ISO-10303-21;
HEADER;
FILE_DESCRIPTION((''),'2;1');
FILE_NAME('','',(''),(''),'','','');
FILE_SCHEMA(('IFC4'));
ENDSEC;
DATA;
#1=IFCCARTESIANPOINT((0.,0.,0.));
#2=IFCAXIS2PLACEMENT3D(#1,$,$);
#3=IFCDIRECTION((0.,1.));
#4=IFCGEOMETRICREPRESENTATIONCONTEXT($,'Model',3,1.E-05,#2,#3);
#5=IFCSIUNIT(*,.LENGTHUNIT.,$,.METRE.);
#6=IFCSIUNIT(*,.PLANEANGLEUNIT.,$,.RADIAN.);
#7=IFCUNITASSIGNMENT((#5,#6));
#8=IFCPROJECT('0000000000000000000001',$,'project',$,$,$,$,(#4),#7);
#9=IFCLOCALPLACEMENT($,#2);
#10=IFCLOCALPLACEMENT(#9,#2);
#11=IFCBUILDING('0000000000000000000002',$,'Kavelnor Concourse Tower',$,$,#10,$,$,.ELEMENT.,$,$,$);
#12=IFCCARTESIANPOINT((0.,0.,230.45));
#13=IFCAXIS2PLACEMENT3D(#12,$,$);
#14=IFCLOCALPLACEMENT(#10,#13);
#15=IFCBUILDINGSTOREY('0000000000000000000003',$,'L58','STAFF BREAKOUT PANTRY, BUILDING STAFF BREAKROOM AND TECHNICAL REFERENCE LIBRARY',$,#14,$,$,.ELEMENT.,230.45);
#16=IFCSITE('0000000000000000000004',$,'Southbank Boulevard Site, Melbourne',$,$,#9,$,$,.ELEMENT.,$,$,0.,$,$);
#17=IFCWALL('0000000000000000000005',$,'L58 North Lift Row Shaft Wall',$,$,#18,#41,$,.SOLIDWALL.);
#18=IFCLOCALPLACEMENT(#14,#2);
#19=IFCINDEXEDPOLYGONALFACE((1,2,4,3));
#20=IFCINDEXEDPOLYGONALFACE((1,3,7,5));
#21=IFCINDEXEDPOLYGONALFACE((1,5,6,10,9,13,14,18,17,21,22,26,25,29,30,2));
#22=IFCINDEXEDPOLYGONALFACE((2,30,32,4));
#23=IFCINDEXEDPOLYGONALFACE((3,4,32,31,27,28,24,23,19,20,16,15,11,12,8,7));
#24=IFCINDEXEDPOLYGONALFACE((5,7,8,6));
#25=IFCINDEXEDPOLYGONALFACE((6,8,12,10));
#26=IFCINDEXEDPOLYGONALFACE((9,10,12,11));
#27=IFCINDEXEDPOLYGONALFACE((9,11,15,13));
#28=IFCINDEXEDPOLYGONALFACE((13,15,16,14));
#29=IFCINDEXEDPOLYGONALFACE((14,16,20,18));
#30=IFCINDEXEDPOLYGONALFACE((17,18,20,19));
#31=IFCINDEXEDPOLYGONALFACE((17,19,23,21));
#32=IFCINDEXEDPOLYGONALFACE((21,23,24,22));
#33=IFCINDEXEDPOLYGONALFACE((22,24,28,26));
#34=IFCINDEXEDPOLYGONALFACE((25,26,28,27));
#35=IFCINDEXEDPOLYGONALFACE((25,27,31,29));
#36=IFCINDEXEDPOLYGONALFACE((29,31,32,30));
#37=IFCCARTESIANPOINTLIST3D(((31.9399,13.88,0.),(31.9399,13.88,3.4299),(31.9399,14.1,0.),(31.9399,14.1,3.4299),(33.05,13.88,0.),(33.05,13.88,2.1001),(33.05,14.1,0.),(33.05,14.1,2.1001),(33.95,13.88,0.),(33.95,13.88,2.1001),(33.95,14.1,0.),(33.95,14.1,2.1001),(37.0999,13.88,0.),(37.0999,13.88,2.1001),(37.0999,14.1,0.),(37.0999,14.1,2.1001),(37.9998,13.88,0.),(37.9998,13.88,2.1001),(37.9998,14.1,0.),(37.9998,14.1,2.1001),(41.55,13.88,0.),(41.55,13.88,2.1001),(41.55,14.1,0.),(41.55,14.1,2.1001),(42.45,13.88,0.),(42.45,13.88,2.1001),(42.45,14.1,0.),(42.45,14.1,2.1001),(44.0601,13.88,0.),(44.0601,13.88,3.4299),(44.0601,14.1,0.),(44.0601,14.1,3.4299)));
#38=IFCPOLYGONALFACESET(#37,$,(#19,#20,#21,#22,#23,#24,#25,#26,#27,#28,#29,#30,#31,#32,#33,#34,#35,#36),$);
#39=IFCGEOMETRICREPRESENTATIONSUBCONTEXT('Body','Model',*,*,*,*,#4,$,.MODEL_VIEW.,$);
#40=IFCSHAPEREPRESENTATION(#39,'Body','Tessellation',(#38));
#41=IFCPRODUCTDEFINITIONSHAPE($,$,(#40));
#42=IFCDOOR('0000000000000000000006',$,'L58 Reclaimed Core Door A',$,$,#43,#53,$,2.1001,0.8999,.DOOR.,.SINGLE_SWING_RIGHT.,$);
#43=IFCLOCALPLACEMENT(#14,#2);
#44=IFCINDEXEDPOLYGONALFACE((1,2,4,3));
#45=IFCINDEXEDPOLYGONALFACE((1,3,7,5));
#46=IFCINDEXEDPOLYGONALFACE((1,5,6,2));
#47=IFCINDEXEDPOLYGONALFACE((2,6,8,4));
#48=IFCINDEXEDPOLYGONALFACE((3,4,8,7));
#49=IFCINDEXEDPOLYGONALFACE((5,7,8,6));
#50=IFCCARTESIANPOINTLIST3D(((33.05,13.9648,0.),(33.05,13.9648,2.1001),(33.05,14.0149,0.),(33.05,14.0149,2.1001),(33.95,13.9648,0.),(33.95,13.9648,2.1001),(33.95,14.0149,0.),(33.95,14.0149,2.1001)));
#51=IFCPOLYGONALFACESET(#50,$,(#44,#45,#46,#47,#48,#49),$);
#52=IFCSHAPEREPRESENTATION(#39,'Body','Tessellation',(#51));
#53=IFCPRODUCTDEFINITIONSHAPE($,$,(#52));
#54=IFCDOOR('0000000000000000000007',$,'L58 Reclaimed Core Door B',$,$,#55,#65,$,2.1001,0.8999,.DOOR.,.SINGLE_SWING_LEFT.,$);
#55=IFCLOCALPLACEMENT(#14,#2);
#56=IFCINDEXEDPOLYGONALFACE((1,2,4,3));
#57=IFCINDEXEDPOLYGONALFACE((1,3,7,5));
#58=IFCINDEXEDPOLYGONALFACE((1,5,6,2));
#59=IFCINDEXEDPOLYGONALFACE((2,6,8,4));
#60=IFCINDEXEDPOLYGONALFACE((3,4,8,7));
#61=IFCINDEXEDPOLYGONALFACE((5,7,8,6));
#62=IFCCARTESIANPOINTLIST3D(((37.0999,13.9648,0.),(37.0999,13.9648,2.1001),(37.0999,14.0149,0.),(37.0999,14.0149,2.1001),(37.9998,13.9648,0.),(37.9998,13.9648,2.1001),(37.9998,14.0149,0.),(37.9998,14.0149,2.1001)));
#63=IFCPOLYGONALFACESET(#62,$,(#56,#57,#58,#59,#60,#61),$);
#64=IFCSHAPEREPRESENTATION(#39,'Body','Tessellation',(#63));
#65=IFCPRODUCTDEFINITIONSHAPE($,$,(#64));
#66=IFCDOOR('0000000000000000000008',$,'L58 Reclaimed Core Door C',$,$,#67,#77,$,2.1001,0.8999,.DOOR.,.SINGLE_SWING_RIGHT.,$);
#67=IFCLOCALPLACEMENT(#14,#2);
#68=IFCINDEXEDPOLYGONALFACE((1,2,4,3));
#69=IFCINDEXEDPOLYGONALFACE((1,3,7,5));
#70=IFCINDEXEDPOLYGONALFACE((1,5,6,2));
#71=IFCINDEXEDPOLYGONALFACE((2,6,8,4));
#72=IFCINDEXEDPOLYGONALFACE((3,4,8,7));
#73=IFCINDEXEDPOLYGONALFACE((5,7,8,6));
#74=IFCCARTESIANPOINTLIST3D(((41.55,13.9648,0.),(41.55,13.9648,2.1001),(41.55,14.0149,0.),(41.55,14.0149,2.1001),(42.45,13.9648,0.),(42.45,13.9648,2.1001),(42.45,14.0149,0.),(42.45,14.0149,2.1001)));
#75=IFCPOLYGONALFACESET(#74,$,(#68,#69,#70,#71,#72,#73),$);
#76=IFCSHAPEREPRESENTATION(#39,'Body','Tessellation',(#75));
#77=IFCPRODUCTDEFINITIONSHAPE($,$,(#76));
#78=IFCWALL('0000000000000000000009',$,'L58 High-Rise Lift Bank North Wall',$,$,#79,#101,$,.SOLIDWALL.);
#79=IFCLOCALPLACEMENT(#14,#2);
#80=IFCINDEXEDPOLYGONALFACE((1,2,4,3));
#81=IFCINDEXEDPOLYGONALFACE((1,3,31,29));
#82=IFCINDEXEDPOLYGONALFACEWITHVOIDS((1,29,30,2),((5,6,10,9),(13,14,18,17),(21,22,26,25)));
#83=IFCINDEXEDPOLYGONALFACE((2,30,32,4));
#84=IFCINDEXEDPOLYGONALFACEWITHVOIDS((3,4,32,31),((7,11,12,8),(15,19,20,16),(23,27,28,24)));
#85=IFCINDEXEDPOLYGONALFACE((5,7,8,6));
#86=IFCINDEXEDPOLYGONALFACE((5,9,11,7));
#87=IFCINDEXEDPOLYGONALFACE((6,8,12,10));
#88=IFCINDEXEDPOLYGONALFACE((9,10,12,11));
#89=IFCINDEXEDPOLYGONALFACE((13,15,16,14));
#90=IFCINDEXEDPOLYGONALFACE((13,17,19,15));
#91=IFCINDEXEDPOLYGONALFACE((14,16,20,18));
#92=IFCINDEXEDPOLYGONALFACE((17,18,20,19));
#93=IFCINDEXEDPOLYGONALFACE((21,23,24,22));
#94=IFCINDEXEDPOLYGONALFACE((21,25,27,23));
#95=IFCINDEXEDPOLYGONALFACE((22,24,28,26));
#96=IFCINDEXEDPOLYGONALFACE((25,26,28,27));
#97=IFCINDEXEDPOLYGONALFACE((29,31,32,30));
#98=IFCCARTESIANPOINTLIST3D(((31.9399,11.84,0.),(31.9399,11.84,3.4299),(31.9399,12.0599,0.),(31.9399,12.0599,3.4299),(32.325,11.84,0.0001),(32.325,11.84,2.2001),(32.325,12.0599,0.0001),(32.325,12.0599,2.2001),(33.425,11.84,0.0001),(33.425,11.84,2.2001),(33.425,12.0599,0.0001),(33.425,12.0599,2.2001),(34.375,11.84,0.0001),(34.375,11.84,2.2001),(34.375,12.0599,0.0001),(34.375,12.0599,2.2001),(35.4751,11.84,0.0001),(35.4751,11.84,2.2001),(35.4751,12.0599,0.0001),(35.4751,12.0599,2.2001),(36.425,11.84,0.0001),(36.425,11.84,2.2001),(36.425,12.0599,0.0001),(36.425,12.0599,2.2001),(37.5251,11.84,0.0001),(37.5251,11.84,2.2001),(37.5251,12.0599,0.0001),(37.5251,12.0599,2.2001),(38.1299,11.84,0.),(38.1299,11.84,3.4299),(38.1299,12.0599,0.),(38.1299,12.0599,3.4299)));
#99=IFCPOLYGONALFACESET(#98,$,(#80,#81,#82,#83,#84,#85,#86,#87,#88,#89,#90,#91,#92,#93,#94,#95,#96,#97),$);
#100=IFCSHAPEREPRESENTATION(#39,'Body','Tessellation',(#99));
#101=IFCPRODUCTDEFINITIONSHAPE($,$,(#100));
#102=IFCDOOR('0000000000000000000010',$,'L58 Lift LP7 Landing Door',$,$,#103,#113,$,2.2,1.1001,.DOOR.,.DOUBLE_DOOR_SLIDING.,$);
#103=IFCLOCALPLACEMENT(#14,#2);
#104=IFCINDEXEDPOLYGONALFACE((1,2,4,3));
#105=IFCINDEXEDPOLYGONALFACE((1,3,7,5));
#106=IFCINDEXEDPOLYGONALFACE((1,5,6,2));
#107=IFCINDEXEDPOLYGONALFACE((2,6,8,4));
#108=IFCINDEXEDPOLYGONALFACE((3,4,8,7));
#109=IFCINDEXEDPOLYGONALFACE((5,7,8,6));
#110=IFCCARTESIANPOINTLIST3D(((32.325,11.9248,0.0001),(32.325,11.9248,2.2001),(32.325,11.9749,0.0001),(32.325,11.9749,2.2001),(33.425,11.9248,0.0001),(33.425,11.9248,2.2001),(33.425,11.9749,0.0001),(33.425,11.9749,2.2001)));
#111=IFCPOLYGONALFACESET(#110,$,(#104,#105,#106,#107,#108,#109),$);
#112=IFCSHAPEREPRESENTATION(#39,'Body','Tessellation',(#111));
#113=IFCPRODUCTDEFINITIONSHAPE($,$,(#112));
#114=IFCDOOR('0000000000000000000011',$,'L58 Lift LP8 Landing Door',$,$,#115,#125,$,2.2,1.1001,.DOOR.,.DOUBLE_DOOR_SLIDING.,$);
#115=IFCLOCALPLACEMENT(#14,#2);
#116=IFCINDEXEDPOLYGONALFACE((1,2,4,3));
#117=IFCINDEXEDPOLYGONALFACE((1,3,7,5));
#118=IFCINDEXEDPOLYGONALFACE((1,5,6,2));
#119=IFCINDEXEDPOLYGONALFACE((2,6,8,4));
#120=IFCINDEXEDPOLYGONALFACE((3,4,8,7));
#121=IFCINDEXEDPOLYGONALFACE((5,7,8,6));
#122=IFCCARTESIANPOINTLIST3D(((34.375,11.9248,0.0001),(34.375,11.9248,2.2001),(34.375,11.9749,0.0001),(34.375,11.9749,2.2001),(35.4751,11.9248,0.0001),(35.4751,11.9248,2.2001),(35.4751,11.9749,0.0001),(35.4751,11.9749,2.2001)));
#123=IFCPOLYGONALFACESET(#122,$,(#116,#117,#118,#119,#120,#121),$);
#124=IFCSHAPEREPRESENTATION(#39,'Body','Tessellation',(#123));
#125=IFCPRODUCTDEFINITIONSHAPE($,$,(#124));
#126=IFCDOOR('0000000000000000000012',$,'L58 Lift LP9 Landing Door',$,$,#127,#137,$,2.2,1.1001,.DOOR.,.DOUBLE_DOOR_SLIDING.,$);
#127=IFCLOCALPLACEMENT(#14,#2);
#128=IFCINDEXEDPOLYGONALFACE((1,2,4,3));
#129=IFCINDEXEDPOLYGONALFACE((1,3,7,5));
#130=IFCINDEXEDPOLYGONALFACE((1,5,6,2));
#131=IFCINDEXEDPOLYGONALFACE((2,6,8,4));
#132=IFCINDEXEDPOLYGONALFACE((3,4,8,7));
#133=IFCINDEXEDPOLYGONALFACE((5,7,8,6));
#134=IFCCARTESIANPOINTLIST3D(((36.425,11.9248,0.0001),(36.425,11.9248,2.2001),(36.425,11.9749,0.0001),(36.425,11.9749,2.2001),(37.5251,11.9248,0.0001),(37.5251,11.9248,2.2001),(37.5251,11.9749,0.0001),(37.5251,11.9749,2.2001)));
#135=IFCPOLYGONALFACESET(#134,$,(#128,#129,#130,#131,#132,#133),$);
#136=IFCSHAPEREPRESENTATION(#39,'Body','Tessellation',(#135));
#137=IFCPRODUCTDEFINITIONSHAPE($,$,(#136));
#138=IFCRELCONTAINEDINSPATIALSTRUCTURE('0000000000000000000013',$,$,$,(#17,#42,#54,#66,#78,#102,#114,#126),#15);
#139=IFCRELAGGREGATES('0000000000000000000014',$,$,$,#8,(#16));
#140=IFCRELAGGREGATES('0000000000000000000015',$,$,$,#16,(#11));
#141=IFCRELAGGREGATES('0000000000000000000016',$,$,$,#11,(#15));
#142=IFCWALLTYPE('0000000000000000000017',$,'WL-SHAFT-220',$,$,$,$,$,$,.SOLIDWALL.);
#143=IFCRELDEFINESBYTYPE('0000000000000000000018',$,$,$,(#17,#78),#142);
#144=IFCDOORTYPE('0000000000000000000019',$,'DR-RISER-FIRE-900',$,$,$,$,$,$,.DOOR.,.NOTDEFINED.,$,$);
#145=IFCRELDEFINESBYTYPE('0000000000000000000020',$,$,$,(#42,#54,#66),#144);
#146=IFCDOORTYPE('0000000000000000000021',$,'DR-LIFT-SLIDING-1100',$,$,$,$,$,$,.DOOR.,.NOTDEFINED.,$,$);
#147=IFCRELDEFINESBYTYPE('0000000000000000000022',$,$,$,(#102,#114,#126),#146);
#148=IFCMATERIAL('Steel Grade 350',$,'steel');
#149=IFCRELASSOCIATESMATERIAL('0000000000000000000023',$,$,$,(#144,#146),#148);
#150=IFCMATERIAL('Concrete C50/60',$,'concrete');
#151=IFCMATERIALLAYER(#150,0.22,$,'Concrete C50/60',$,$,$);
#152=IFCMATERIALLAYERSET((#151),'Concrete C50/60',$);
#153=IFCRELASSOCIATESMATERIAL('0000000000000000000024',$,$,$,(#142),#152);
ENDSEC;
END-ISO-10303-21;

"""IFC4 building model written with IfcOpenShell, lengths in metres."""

from ifc_helpers import new_model, si_unit, direction, frame, frame_2d, origin, place, context, subcontext, project, spatial, rectangle, extrude, material, layer, layer_set, type_object, element, fill, save


model = new_model("IFC4")

# Units and contexts
model_context = context("Model", 3, precision=1e-05, world=origin(), true_north=direction((0.0, 1.0)))
body_context = subcontext(model_context, "Body", "Model", "MODEL_VIEW")
ifc_project = project(units=[si_unit("LENGTHUNIT", "METRE"), si_unit("PLANEANGLEUNIT", "RADIAN")], contexts=[model_context])

# Site, building, storey
site_placement = place(None, origin())
site = spatial("IfcSite", under=ifc_project, at=site_placement, Name="Southbank Boulevard Site, Melbourne", CompositionType="ELEMENT", RefElevation=0.0)
building_placement = place(site_placement, origin())
building = spatial("IfcBuilding", under=site, at=building_placement, Name="Kavelnor Concourse Tower", CompositionType="ELEMENT")
storey_placement = place(building_placement, frame((0.0, 0.0, 230.45)))
storey = spatial("IfcBuildingStorey", under=building, at=storey_placement, Name="L58", Description="STAFF BREAKOUT PANTRY, BUILDING STAFF BREAKROOM AND TECHNICAL REFERENCE LIBRARY", CompositionType="ELEMENT", Elevation=230.45)

# Shared definitions
ifc_material_1 = material(Name="Steel Grade 350", Category="steel")

# Shared definitions
ifc_material_2 = material(Name="Concrete C50/60", Category="concrete")
door_type_1 = type_object("IfcDoorType", Name="DR-RISER-FIRE-900", OperationType="NOTDEFINED", PredefinedType="DOOR", material=ifc_material_1)

# Shared definitions
ifc_layer_1 = layer(ifc_material_2, 0.22, Name="Concrete C50/60")
ifc_layer_set_1 = layer_set([ifc_layer_1], Name="Concrete C50/60")
wall_type_1 = type_object("IfcWallType", Name="WL-SHAFT-220", PredefinedType="SOLIDWALL", material=ifc_layer_set_1)

# Walls, openings, doors
wall_1_placement = place(storey_placement, frame((31.9399, 13.99, 0.0), z_axis=(0.0, 0.0, 1.0), x_axis=(1.0, 0.0, 0.0)))
wall_1 = element("IfcWall", 1, at=wall_1_placement, inside=storey, type_object=wall_type_1, Name="L58 North Lift Row Shaft Wall", PredefinedType="SOLIDWALL", context=body_context, shape_type="SweptSolid", body=[
    extrude(rectangle(XDim=12.1201, YDim=0.22, at=frame_2d((6.0601, 0.0))), origin(), (0.0, 0.0, 1.0), 3.4299),
])
opening_1_placement = place(wall_1_placement, frame((1.1101, 0.0, 0.0)))
opening_1 = element("IfcOpeningElement", 2, at=opening_1_placement, cuts=wall_1, PredefinedType="OPENING", context=body_context, shape_type="SweptSolid", body=[
    extrude(rectangle(XDim=0.8999, YDim=2.1001, at=frame_2d((0.45, 1.05))), frame((0.0, 0.1201, 0.0), z_axis=(0.0, -1.0, 0.0), x_axis=(1.0, 0.0, 0.0)), (0.0, 0.0, 1.0), 0.24),
])
opening_2_placement = place(wall_1_placement, frame((5.1599, 0.0, 0.0)))
opening_2 = element("IfcOpeningElement", 3, at=opening_2_placement, cuts=wall_1, PredefinedType="OPENING", context=body_context, shape_type="SweptSolid", body=[
    extrude(rectangle(XDim=0.8999, YDim=2.1001, at=frame_2d((0.45, 1.05))), frame((0.0, 0.1201, 0.0), z_axis=(0.0, -1.0, 0.0), x_axis=(1.0, 0.0, 0.0)), (0.0, 0.0, 1.0), 0.24),
])
opening_3_placement = place(wall_1_placement, frame((9.6101, 0.0, 0.0)))
opening_3 = element("IfcOpeningElement", 4, at=opening_3_placement, cuts=wall_1, PredefinedType="OPENING", context=body_context, shape_type="SweptSolid", body=[
    extrude(rectangle(XDim=0.8999, YDim=2.1001, at=frame_2d((0.45, 1.05))), frame((0.0, 0.1201, 0.0), z_axis=(0.0, -1.0, 0.0), x_axis=(1.0, 0.0, 0.0)), (0.0, 0.0, 1.0), 0.24),
])
door_1_placement = place(opening_1_placement, origin())
door_1 = element("IfcDoor", 5, at=door_1_placement, inside=storey, type_object=door_type_1, Name="L58 Reclaimed Core Door A", OperationType="SINGLE_SWING_RIGHT", OverallHeight=2.1001, OverallWidth=0.8999, PredefinedType="DOOR", context=body_context, shape_type="SweptSolid", body=[
    extrude(rectangle(XDim=0.8999, YDim=2.1001, at=frame_2d((0.45, 1.05))), frame((0.0, 0.0249, 0.0), z_axis=(0.0, -1.0, 0.0), x_axis=(1.0, 0.0, 0.0)), (0.0, 0.0, 1.0), 0.05),
])
fill(opening_1, door_1)
door_2_placement = place(opening_2_placement, origin())
door_2 = element("IfcDoor", 6, at=door_2_placement, inside=storey, type_object=door_type_1, Name="L58 Reclaimed Core Door B", OperationType="SINGLE_SWING_LEFT", OverallHeight=2.1001, OverallWidth=0.8999, PredefinedType="DOOR", context=body_context, shape_type="SweptSolid", body=[
    extrude(rectangle(XDim=0.8999, YDim=2.1001, at=frame_2d((0.45, 1.05))), frame((0.0, 0.0249, 0.0), z_axis=(0.0, -1.0, 0.0), x_axis=(1.0, 0.0, 0.0)), (0.0, 0.0, 1.0), 0.05),
])
fill(opening_2, door_2)
door_3_placement = place(opening_3_placement, origin())
door_3 = element("IfcDoor", 7, at=door_3_placement, inside=storey, type_object=door_type_1, Name="L58 Reclaimed Core Door C", OperationType="SINGLE_SWING_RIGHT", OverallHeight=2.1001, OverallWidth=0.8999, PredefinedType="DOOR", context=body_context, shape_type="SweptSolid", body=[
    extrude(rectangle(XDim=0.8999, YDim=2.1001, at=frame_2d((0.45, 1.05))), frame((0.0, 0.0249, 0.0), z_axis=(0.0, -1.0, 0.0), x_axis=(1.0, 0.0, 0.0)), (0.0, 0.0, 1.0), 0.05),
])
fill(opening_3, door_3)
wall_2_placement = place(storey_placement, frame((31.9399, 11.95, 0.0), z_axis=(0.0, 0.0, 1.0), x_axis=(1.0, 0.0, 0.0)))
wall_2 = element("IfcWall", 8, at=wall_2_placement, inside=storey, type_object=wall_type_1, Name="L58 High-Rise Lift Bank North Wall", PredefinedType="SOLIDWALL", context=body_context, shape_type="SweptSolid", body=[
    extrude(rectangle(XDim=6.1899, YDim=0.22, at=frame_2d((3.095, 0.0))), origin(), (0.0, 0.0, 1.0), 3.4299),
])
opening_4_placement = place(wall_2_placement, frame((0.385, 0.0, 0.0)))
opening_4 = element("IfcOpeningElement", 9, at=opening_4_placement, cuts=wall_2, PredefinedType="OPENING", context=body_context, shape_type="SweptSolid", body=[
    extrude(rectangle(XDim=1.1001, YDim=2.2, at=frame_2d((0.55, 1.1001))), frame((0.0, 0.1201, 0.0), z_axis=(0.0, -1.0, 0.0), x_axis=(1.0, 0.0, 0.0)), (0.0, 0.0, 1.0), 0.24),
])
opening_5_placement = place(wall_2_placement, frame((2.4351, 0.0, 0.0)))
opening_5 = element("IfcOpeningElement", 10, at=opening_5_placement, cuts=wall_2, PredefinedType="OPENING", context=body_context, shape_type="SweptSolid", body=[
    extrude(rectangle(XDim=1.1001, YDim=2.2, at=frame_2d((0.55, 1.1001))), frame((0.0, 0.1201, 0.0), z_axis=(0.0, -1.0, 0.0), x_axis=(1.0, 0.0, 0.0)), (0.0, 0.0, 1.0), 0.24),
])
opening_6_placement = place(wall_2_placement, frame((4.4851, 0.0, 0.0)))
opening_6 = element("IfcOpeningElement", 11, at=opening_6_placement, cuts=wall_2, PredefinedType="OPENING", context=body_context, shape_type="SweptSolid", body=[
    extrude(rectangle(XDim=1.1001, YDim=2.2, at=frame_2d((0.55, 1.1001))), frame((0.0, 0.1201, 0.0), z_axis=(0.0, -1.0, 0.0), x_axis=(1.0, 0.0, 0.0)), (0.0, 0.0, 1.0), 0.24),
])
door_type_2 = type_object("IfcDoorType", Name="DR-LIFT-SLIDING-1100", OperationType="NOTDEFINED", PredefinedType="DOOR", material=ifc_material_1)
door_4_placement = place(opening_4_placement, origin())
door_4 = element("IfcDoor", 12, at=door_4_placement, inside=storey, type_object=door_type_2, Name="L58 Lift LP7 Landing Door", OperationType="DOUBLE_DOOR_SLIDING", OverallHeight=2.2, OverallWidth=1.1001, PredefinedType="DOOR", context=body_context, shape_type="SweptSolid", body=[
    extrude(rectangle(XDim=1.1001, YDim=2.2, at=frame_2d((0.55, 1.1001))), frame((0.0, 0.0249, 0.0), z_axis=(0.0, -1.0, 0.0), x_axis=(1.0, 0.0, 0.0)), (0.0, 0.0, 1.0), 0.05),
])
fill(opening_4, door_4)
door_5_placement = place(opening_5_placement, origin())
door_5 = element("IfcDoor", 13, at=door_5_placement, inside=storey, type_object=door_type_2, Name="L58 Lift LP8 Landing Door", OperationType="DOUBLE_DOOR_SLIDING", OverallHeight=2.2, OverallWidth=1.1001, PredefinedType="DOOR", context=body_context, shape_type="SweptSolid", body=[
    extrude(rectangle(XDim=1.1001, YDim=2.2, at=frame_2d((0.55, 1.1001))), frame((0.0, 0.0249, 0.0), z_axis=(0.0, -1.0, 0.0), x_axis=(1.0, 0.0, 0.0)), (0.0, 0.0, 1.0), 0.05),
])
fill(opening_5, door_5)
door_6_placement = place(opening_6_placement, origin())
door_6 = element("IfcDoor", 14, at=door_6_placement, inside=storey, type_object=door_type_2, Name="L58 Lift LP9 Landing Door", OperationType="DOUBLE_DOOR_SLIDING", OverallHeight=2.2, OverallWidth=1.1001, PredefinedType="DOOR", context=body_context, shape_type="SweptSolid", body=[
    extrude(rectangle(XDim=1.1001, YDim=2.2, at=frame_2d((0.55, 1.1001))), frame((0.0, 0.0249, 0.0), z_axis=(0.0, -1.0, 0.0), x_axis=(1.0, 0.0, 0.0)), (0.0, 0.0, 1.0), 0.05),
])
fill(opening_6, door_6)

save(model, "model.ifc")
